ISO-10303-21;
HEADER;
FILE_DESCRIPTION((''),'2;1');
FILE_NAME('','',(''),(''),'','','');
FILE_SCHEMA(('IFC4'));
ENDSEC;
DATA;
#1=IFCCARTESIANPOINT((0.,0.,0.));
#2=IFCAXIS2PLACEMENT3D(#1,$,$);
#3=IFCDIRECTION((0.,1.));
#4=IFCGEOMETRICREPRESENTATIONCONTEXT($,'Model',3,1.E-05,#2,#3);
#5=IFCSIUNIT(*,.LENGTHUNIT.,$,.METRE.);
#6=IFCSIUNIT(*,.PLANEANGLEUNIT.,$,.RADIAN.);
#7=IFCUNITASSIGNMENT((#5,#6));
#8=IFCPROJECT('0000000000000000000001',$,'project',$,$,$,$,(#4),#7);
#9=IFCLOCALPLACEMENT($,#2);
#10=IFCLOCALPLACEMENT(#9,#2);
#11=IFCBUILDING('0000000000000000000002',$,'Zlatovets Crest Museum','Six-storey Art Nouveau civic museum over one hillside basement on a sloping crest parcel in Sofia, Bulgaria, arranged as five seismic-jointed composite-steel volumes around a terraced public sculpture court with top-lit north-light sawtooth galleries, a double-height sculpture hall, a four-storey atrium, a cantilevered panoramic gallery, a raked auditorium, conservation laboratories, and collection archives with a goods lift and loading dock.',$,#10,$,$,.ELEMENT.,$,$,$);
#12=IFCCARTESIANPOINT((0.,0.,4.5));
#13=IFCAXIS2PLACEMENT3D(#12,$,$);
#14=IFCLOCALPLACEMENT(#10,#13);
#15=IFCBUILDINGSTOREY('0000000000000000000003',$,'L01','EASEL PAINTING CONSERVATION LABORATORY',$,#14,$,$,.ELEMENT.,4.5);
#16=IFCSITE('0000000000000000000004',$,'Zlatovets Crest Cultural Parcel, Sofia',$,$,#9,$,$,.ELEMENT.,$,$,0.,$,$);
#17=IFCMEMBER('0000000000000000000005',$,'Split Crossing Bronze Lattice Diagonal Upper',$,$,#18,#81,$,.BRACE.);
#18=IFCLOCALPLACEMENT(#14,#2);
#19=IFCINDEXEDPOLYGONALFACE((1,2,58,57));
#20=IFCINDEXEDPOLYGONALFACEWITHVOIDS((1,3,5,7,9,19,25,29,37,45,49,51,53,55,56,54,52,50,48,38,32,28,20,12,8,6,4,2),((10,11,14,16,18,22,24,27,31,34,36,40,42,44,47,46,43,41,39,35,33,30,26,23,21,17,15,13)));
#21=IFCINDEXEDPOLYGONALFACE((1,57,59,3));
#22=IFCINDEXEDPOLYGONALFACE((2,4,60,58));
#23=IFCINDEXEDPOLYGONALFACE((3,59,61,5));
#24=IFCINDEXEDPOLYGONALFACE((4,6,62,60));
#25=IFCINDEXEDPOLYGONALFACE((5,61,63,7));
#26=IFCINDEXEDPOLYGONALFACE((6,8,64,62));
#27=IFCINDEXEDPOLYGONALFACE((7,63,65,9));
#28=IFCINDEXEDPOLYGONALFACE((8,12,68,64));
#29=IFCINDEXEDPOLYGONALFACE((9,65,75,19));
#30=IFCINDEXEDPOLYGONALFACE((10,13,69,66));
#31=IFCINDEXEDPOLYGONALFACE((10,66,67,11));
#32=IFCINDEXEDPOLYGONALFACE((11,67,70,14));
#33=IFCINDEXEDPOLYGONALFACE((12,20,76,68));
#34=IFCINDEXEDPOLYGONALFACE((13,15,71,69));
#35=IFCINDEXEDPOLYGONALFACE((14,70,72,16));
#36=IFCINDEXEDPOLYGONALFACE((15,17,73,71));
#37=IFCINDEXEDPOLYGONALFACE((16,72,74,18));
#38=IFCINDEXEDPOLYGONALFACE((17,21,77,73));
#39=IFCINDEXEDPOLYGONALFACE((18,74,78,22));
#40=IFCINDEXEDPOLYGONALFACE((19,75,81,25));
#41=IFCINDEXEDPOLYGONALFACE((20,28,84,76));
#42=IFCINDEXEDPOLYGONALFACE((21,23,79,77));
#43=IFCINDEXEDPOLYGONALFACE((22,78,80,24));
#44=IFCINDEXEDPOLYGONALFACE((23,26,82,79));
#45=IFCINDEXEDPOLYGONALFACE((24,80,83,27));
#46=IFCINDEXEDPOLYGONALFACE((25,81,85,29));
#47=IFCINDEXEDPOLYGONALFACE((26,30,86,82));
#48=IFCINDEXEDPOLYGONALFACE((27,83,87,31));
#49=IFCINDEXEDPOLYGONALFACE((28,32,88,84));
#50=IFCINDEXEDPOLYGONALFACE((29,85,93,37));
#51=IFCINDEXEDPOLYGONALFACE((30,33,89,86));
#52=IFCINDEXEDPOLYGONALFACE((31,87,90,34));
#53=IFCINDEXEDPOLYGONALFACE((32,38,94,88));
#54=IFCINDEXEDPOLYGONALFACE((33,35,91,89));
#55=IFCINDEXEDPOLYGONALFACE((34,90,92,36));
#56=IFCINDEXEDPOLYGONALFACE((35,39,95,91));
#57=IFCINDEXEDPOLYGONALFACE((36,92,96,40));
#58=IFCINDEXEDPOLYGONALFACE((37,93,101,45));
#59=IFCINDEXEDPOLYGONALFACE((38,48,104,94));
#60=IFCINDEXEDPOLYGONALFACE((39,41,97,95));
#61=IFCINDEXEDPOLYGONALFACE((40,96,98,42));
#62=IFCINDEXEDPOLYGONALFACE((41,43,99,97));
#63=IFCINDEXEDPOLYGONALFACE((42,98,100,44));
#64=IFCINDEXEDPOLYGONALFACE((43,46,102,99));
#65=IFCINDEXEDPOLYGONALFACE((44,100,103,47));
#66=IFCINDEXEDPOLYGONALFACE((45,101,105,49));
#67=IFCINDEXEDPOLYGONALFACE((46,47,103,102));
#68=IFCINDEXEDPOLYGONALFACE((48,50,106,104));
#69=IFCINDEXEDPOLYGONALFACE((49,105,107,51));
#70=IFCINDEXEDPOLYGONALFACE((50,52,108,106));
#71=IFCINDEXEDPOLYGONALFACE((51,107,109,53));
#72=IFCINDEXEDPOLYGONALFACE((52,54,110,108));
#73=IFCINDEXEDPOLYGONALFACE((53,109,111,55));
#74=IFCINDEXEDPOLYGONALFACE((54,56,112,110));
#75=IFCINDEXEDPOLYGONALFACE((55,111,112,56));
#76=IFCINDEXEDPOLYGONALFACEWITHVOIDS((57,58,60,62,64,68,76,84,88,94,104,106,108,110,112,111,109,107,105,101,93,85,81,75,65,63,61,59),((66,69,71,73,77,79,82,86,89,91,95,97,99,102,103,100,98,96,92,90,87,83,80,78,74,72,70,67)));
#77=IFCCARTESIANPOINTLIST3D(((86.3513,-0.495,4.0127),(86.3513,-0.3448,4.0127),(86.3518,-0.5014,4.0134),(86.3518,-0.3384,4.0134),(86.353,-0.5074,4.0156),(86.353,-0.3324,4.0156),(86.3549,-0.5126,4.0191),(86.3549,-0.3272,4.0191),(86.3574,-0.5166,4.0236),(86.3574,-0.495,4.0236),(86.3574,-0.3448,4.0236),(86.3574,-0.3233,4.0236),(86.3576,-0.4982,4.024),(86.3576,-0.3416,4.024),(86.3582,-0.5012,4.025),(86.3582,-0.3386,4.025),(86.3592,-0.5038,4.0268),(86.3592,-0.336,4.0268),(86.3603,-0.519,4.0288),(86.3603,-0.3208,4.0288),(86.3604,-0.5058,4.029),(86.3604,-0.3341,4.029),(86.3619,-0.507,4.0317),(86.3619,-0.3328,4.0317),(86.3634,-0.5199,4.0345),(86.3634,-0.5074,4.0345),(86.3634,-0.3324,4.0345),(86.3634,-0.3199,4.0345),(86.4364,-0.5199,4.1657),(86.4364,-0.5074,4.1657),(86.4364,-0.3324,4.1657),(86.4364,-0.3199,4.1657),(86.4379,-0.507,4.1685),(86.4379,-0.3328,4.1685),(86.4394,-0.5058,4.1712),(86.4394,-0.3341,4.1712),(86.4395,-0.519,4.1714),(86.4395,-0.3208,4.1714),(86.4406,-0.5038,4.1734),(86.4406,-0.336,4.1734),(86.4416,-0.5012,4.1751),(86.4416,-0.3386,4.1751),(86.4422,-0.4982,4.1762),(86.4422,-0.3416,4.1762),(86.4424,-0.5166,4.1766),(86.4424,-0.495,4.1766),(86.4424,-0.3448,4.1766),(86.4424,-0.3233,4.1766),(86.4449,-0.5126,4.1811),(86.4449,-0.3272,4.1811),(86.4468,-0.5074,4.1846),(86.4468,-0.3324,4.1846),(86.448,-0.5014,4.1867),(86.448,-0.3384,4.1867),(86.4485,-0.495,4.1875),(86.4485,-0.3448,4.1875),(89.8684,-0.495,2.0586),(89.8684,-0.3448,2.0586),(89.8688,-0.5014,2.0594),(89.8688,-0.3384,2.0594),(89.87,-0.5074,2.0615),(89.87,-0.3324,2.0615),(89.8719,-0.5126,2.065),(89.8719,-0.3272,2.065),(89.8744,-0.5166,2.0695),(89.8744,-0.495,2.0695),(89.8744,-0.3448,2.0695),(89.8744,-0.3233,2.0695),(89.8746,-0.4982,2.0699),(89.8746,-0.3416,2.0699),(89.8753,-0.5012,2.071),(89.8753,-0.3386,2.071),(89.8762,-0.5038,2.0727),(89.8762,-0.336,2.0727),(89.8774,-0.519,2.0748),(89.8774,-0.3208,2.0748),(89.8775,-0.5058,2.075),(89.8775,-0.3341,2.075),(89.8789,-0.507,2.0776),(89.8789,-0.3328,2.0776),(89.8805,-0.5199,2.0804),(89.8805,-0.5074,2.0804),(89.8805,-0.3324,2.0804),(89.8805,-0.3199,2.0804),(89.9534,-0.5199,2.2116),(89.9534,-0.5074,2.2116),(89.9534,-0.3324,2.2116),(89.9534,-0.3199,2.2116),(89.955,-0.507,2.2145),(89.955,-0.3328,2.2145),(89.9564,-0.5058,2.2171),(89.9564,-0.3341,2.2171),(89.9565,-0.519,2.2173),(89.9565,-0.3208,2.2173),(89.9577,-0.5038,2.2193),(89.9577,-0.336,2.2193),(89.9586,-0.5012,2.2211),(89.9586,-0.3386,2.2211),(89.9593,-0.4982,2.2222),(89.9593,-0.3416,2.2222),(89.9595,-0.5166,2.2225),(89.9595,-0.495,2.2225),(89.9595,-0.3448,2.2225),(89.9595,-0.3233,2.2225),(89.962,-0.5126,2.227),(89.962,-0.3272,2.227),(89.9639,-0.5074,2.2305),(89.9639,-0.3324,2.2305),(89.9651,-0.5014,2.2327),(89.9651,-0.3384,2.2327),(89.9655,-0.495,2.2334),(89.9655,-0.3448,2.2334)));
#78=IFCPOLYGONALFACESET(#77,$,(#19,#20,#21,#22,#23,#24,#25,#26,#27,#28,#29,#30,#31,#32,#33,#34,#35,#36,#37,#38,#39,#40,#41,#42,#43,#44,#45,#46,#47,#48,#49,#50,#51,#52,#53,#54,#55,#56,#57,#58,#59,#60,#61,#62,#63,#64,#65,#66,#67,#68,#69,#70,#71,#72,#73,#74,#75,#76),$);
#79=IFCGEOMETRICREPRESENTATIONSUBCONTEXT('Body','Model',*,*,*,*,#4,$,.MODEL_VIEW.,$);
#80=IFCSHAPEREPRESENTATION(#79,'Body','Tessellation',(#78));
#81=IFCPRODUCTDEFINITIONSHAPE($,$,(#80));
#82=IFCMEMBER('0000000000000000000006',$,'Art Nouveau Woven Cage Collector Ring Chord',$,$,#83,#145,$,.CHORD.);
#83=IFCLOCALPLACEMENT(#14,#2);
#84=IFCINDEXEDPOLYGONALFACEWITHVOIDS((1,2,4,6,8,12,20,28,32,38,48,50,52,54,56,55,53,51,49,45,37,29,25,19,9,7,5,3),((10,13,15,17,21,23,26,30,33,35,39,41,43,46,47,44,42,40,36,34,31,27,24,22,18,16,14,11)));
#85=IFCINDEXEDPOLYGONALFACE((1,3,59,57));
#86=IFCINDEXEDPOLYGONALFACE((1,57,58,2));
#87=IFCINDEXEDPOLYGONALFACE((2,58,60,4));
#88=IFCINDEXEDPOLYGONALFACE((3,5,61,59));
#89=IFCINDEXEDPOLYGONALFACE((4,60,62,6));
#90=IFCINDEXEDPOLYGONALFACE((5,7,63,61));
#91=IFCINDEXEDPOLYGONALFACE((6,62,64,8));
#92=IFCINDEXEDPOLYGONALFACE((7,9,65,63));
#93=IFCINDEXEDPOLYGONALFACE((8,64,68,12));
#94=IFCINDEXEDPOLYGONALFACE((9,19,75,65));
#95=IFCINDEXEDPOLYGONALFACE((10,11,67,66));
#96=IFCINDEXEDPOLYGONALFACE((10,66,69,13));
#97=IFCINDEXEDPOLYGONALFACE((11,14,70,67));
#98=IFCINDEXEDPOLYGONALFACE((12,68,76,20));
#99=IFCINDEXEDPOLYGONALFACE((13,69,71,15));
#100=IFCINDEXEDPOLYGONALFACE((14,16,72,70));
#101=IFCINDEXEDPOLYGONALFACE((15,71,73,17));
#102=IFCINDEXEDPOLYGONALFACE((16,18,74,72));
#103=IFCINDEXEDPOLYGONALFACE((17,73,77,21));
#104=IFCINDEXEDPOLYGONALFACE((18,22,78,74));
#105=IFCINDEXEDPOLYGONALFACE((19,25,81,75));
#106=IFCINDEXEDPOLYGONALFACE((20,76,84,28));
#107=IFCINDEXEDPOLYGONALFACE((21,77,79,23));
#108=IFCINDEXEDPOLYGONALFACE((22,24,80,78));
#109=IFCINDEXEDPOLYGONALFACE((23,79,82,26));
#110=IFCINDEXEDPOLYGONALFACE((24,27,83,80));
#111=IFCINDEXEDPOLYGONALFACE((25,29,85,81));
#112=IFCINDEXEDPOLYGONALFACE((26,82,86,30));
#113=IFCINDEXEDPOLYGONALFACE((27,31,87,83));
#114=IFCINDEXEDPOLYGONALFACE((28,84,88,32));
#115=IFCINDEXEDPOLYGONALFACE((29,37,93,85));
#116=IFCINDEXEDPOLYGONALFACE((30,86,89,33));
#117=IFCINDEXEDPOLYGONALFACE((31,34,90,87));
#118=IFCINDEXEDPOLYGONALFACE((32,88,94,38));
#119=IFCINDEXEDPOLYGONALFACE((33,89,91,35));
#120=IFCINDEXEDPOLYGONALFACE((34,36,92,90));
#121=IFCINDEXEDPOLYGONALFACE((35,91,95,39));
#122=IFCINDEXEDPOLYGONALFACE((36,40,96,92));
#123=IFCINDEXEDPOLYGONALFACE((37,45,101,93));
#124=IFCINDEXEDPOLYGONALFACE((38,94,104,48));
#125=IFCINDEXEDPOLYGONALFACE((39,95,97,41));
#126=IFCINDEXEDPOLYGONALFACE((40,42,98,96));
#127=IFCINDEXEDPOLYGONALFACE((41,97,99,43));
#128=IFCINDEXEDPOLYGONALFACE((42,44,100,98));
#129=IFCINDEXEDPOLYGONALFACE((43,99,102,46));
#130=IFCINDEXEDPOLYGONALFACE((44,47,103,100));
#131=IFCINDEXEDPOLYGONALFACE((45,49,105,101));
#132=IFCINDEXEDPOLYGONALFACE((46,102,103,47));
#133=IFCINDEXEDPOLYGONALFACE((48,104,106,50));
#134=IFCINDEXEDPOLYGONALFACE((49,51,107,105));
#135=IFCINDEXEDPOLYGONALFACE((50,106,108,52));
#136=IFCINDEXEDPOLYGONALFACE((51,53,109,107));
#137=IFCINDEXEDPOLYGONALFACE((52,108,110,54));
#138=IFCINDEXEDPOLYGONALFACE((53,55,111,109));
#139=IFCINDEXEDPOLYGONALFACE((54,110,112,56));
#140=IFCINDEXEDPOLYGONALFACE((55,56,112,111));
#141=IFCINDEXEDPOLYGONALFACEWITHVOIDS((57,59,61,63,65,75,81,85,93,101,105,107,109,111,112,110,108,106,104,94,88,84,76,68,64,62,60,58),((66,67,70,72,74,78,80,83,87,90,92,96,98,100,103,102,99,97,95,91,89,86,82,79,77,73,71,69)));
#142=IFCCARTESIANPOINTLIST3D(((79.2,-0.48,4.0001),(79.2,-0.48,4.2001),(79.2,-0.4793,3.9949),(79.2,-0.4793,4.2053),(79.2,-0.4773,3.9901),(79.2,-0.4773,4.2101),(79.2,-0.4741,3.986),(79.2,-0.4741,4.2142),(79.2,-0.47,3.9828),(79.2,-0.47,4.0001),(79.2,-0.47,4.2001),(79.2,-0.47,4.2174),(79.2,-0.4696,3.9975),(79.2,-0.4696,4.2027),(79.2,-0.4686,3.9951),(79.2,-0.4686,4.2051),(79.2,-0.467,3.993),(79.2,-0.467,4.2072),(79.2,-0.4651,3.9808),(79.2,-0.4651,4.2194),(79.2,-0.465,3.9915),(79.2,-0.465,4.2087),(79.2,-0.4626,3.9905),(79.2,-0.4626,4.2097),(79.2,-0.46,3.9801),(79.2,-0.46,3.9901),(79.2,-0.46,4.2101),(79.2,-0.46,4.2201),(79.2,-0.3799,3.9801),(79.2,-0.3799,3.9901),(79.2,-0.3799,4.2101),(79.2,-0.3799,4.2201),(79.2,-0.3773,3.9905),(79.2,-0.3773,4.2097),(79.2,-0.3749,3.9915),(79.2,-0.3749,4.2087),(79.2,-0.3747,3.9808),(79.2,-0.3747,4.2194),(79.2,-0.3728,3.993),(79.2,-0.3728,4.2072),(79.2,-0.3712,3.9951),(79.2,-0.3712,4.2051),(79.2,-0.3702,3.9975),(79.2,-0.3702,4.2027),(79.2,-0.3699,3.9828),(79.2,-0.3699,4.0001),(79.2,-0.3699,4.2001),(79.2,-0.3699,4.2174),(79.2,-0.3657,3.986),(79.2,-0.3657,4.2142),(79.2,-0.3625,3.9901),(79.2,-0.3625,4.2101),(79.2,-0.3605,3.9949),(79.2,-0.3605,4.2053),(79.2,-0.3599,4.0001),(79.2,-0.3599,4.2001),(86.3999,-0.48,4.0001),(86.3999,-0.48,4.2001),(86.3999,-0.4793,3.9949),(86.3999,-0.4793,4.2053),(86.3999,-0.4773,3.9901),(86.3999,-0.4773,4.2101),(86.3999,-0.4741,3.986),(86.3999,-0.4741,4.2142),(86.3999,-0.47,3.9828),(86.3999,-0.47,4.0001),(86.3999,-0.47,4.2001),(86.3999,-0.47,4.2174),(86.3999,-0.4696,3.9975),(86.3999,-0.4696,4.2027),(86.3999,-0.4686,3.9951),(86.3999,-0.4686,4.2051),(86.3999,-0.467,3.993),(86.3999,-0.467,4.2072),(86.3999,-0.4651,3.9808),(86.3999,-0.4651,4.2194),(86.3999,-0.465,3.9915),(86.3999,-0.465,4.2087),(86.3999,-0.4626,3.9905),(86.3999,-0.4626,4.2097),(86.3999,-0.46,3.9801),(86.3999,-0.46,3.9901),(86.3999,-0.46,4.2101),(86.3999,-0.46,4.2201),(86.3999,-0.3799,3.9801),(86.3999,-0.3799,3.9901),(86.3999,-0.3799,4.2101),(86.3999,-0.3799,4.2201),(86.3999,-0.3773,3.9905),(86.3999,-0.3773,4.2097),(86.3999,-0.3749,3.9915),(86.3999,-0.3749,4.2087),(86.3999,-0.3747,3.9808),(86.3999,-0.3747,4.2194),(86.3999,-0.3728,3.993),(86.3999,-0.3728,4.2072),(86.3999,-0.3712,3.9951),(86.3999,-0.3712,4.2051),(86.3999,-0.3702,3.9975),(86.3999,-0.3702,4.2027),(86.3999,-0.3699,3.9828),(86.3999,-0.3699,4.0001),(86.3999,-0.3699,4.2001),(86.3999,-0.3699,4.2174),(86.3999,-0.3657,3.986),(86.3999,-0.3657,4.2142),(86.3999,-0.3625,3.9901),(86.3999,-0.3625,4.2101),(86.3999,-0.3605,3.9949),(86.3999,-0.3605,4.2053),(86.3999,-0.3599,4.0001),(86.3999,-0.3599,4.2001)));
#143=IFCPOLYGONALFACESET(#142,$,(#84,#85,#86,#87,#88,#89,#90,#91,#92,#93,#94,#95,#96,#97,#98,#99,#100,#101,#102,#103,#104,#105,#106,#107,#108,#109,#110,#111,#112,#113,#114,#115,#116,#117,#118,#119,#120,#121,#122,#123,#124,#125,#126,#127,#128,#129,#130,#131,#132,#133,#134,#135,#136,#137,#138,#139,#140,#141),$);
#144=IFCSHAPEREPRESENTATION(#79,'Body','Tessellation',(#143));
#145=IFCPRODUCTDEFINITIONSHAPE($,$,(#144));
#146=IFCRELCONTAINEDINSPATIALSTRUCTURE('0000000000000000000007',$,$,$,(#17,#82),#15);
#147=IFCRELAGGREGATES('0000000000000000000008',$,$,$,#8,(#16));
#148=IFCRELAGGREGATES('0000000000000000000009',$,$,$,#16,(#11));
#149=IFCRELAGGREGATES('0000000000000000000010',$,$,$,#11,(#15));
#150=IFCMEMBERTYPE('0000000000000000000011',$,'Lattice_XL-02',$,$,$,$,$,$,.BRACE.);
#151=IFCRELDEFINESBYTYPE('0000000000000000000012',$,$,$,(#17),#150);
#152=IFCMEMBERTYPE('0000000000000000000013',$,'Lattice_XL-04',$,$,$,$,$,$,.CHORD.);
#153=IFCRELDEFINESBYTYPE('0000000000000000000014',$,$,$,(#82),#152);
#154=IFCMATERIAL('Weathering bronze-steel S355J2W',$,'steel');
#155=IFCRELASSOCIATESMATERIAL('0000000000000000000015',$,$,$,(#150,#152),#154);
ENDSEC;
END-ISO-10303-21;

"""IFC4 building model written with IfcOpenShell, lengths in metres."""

from ifc_helpers import new_model, si_unit, direction, frame, origin, origin_2d, place, context, subcontext, project, spatial, hollow_rectangle, extrude, material, material_profile, profile_set, type_object, element, save


model = new_model("IFC4")

# Units and contexts
model_context = context("Model", 3, precision=1e-05, world=origin(), true_north=direction((0.0, 1.0)))
body_context = subcontext(model_context, "Body", "Model", "MODEL_VIEW")
ifc_project = project(units=[si_unit("LENGTHUNIT", "METRE"), si_unit("PLANEANGLEUNIT", "RADIAN")], contexts=[model_context])

# Site, building, storey
site_placement = place(None, origin())
site = spatial("IfcSite", under=ifc_project, at=site_placement, Name="Zlatovets Crest Cultural Parcel, Sofia", CompositionType="ELEMENT", RefElevation=0.0)
building_placement = place(site_placement, origin())
building = spatial("IfcBuilding", under=site, at=building_placement, Name="Zlatovets Crest Museum", Description="Six-storey Art Nouveau civic museum over one hillside basement on a sloping crest parcel in Sofia, Bulgaria, arranged as five seismic-jointed composite-steel volumes around a terraced public sculpture court with top-lit north-light sawtooth galleries, a double-height sculpture hall, a four-storey atrium, a cantilevered panoramic gallery, a raked auditorium, conservation laboratories, and collection archives with a goods lift and loading dock.", CompositionType="ELEMENT")
storey_placement = place(building_placement, frame((0.0, 0.0, 4.5)))
storey = spatial("IfcBuildingStorey", under=building, at=storey_placement, Name="L01", Description="EASEL PAINTING CONSERVATION LABORATORY", CompositionType="ELEMENT", Elevation=4.5)

# Members
ifc_material_1 = material(Name="Weathering bronze-steel S355J2W", Category="steel")
ifc_material_profile_1 = material_profile(ifc_material_1, hollow_rectangle(XDim=0.2, YDim=0.2, WallThickness=0.0125, InnerFilletRadius=0.0125, OuterFilletRadius=0.0249, at=origin_2d()), Name="SHS 200x200x12.5")
ifc_profile_set_1 = profile_set([ifc_material_profile_1], Name="Weathering bronze-steel S355J2W")
member_type_1 = type_object("IfcMemberType", Name="Lattice_XL-02", PredefinedType="BRACE", material=ifc_profile_set_1)
member_1_placement = place(storey_placement, frame((86.3999, -0.4199, 4.1001), z_axis=(0.87414, 0.0, -0.485674), x_axis=(0.0, 1.0, 0.0)))
element("IfcMember", 1, at=member_1_placement, inside=storey, type_object=member_type_1, Name="Split Crossing Bronze Lattice Diagonal Upper", PredefinedType="BRACE", context=body_context, shape_type="SweptSolid", body=[
    extrude(hollow_rectangle(XDim=0.2, YDim=0.2, WallThickness=0.0125, InnerFilletRadius=0.0125, OuterFilletRadius=0.0249, at=origin_2d()), origin(), (0.0, 0.0, 1.0), 4.0234),
])
ifc_material_profile_2 = material_profile(ifc_material_1, hollow_rectangle(XDim=0.1201, YDim=0.24, WallThickness=0.01, InnerFilletRadius=0.01, OuterFilletRadius=0.02, at=origin_2d()), Name="RHS 120x240x10.0")
ifc_profile_set_2 = profile_set([ifc_material_profile_2], Name="Weathering bronze-steel S355J2W")
member_type_2 = type_object("IfcMemberType", Name="Lattice_XL-04", PredefinedType="CHORD", material=ifc_profile_set_2)
member_2_placement = place(storey_placement, frame((79.2, -0.4199, 4.1001), z_axis=(1.0, 0.0, 0.0), x_axis=(0.0, 1.0, 0.0)))
element("IfcMember", 2, at=member_2_placement, inside=storey, type_object=member_type_2, Name="Art Nouveau Woven Cage Collector Ring Chord", PredefinedType="CHORD", context=body_context, shape_type="SweptSolid", body=[
    extrude(hollow_rectangle(XDim=0.1201, YDim=0.24, WallThickness=0.01, InnerFilletRadius=0.01, OuterFilletRadius=0.02, at=origin_2d()), origin(), (0.0, 0.0, 1.0), 7.2),
])

save(model, "model.ifc")
